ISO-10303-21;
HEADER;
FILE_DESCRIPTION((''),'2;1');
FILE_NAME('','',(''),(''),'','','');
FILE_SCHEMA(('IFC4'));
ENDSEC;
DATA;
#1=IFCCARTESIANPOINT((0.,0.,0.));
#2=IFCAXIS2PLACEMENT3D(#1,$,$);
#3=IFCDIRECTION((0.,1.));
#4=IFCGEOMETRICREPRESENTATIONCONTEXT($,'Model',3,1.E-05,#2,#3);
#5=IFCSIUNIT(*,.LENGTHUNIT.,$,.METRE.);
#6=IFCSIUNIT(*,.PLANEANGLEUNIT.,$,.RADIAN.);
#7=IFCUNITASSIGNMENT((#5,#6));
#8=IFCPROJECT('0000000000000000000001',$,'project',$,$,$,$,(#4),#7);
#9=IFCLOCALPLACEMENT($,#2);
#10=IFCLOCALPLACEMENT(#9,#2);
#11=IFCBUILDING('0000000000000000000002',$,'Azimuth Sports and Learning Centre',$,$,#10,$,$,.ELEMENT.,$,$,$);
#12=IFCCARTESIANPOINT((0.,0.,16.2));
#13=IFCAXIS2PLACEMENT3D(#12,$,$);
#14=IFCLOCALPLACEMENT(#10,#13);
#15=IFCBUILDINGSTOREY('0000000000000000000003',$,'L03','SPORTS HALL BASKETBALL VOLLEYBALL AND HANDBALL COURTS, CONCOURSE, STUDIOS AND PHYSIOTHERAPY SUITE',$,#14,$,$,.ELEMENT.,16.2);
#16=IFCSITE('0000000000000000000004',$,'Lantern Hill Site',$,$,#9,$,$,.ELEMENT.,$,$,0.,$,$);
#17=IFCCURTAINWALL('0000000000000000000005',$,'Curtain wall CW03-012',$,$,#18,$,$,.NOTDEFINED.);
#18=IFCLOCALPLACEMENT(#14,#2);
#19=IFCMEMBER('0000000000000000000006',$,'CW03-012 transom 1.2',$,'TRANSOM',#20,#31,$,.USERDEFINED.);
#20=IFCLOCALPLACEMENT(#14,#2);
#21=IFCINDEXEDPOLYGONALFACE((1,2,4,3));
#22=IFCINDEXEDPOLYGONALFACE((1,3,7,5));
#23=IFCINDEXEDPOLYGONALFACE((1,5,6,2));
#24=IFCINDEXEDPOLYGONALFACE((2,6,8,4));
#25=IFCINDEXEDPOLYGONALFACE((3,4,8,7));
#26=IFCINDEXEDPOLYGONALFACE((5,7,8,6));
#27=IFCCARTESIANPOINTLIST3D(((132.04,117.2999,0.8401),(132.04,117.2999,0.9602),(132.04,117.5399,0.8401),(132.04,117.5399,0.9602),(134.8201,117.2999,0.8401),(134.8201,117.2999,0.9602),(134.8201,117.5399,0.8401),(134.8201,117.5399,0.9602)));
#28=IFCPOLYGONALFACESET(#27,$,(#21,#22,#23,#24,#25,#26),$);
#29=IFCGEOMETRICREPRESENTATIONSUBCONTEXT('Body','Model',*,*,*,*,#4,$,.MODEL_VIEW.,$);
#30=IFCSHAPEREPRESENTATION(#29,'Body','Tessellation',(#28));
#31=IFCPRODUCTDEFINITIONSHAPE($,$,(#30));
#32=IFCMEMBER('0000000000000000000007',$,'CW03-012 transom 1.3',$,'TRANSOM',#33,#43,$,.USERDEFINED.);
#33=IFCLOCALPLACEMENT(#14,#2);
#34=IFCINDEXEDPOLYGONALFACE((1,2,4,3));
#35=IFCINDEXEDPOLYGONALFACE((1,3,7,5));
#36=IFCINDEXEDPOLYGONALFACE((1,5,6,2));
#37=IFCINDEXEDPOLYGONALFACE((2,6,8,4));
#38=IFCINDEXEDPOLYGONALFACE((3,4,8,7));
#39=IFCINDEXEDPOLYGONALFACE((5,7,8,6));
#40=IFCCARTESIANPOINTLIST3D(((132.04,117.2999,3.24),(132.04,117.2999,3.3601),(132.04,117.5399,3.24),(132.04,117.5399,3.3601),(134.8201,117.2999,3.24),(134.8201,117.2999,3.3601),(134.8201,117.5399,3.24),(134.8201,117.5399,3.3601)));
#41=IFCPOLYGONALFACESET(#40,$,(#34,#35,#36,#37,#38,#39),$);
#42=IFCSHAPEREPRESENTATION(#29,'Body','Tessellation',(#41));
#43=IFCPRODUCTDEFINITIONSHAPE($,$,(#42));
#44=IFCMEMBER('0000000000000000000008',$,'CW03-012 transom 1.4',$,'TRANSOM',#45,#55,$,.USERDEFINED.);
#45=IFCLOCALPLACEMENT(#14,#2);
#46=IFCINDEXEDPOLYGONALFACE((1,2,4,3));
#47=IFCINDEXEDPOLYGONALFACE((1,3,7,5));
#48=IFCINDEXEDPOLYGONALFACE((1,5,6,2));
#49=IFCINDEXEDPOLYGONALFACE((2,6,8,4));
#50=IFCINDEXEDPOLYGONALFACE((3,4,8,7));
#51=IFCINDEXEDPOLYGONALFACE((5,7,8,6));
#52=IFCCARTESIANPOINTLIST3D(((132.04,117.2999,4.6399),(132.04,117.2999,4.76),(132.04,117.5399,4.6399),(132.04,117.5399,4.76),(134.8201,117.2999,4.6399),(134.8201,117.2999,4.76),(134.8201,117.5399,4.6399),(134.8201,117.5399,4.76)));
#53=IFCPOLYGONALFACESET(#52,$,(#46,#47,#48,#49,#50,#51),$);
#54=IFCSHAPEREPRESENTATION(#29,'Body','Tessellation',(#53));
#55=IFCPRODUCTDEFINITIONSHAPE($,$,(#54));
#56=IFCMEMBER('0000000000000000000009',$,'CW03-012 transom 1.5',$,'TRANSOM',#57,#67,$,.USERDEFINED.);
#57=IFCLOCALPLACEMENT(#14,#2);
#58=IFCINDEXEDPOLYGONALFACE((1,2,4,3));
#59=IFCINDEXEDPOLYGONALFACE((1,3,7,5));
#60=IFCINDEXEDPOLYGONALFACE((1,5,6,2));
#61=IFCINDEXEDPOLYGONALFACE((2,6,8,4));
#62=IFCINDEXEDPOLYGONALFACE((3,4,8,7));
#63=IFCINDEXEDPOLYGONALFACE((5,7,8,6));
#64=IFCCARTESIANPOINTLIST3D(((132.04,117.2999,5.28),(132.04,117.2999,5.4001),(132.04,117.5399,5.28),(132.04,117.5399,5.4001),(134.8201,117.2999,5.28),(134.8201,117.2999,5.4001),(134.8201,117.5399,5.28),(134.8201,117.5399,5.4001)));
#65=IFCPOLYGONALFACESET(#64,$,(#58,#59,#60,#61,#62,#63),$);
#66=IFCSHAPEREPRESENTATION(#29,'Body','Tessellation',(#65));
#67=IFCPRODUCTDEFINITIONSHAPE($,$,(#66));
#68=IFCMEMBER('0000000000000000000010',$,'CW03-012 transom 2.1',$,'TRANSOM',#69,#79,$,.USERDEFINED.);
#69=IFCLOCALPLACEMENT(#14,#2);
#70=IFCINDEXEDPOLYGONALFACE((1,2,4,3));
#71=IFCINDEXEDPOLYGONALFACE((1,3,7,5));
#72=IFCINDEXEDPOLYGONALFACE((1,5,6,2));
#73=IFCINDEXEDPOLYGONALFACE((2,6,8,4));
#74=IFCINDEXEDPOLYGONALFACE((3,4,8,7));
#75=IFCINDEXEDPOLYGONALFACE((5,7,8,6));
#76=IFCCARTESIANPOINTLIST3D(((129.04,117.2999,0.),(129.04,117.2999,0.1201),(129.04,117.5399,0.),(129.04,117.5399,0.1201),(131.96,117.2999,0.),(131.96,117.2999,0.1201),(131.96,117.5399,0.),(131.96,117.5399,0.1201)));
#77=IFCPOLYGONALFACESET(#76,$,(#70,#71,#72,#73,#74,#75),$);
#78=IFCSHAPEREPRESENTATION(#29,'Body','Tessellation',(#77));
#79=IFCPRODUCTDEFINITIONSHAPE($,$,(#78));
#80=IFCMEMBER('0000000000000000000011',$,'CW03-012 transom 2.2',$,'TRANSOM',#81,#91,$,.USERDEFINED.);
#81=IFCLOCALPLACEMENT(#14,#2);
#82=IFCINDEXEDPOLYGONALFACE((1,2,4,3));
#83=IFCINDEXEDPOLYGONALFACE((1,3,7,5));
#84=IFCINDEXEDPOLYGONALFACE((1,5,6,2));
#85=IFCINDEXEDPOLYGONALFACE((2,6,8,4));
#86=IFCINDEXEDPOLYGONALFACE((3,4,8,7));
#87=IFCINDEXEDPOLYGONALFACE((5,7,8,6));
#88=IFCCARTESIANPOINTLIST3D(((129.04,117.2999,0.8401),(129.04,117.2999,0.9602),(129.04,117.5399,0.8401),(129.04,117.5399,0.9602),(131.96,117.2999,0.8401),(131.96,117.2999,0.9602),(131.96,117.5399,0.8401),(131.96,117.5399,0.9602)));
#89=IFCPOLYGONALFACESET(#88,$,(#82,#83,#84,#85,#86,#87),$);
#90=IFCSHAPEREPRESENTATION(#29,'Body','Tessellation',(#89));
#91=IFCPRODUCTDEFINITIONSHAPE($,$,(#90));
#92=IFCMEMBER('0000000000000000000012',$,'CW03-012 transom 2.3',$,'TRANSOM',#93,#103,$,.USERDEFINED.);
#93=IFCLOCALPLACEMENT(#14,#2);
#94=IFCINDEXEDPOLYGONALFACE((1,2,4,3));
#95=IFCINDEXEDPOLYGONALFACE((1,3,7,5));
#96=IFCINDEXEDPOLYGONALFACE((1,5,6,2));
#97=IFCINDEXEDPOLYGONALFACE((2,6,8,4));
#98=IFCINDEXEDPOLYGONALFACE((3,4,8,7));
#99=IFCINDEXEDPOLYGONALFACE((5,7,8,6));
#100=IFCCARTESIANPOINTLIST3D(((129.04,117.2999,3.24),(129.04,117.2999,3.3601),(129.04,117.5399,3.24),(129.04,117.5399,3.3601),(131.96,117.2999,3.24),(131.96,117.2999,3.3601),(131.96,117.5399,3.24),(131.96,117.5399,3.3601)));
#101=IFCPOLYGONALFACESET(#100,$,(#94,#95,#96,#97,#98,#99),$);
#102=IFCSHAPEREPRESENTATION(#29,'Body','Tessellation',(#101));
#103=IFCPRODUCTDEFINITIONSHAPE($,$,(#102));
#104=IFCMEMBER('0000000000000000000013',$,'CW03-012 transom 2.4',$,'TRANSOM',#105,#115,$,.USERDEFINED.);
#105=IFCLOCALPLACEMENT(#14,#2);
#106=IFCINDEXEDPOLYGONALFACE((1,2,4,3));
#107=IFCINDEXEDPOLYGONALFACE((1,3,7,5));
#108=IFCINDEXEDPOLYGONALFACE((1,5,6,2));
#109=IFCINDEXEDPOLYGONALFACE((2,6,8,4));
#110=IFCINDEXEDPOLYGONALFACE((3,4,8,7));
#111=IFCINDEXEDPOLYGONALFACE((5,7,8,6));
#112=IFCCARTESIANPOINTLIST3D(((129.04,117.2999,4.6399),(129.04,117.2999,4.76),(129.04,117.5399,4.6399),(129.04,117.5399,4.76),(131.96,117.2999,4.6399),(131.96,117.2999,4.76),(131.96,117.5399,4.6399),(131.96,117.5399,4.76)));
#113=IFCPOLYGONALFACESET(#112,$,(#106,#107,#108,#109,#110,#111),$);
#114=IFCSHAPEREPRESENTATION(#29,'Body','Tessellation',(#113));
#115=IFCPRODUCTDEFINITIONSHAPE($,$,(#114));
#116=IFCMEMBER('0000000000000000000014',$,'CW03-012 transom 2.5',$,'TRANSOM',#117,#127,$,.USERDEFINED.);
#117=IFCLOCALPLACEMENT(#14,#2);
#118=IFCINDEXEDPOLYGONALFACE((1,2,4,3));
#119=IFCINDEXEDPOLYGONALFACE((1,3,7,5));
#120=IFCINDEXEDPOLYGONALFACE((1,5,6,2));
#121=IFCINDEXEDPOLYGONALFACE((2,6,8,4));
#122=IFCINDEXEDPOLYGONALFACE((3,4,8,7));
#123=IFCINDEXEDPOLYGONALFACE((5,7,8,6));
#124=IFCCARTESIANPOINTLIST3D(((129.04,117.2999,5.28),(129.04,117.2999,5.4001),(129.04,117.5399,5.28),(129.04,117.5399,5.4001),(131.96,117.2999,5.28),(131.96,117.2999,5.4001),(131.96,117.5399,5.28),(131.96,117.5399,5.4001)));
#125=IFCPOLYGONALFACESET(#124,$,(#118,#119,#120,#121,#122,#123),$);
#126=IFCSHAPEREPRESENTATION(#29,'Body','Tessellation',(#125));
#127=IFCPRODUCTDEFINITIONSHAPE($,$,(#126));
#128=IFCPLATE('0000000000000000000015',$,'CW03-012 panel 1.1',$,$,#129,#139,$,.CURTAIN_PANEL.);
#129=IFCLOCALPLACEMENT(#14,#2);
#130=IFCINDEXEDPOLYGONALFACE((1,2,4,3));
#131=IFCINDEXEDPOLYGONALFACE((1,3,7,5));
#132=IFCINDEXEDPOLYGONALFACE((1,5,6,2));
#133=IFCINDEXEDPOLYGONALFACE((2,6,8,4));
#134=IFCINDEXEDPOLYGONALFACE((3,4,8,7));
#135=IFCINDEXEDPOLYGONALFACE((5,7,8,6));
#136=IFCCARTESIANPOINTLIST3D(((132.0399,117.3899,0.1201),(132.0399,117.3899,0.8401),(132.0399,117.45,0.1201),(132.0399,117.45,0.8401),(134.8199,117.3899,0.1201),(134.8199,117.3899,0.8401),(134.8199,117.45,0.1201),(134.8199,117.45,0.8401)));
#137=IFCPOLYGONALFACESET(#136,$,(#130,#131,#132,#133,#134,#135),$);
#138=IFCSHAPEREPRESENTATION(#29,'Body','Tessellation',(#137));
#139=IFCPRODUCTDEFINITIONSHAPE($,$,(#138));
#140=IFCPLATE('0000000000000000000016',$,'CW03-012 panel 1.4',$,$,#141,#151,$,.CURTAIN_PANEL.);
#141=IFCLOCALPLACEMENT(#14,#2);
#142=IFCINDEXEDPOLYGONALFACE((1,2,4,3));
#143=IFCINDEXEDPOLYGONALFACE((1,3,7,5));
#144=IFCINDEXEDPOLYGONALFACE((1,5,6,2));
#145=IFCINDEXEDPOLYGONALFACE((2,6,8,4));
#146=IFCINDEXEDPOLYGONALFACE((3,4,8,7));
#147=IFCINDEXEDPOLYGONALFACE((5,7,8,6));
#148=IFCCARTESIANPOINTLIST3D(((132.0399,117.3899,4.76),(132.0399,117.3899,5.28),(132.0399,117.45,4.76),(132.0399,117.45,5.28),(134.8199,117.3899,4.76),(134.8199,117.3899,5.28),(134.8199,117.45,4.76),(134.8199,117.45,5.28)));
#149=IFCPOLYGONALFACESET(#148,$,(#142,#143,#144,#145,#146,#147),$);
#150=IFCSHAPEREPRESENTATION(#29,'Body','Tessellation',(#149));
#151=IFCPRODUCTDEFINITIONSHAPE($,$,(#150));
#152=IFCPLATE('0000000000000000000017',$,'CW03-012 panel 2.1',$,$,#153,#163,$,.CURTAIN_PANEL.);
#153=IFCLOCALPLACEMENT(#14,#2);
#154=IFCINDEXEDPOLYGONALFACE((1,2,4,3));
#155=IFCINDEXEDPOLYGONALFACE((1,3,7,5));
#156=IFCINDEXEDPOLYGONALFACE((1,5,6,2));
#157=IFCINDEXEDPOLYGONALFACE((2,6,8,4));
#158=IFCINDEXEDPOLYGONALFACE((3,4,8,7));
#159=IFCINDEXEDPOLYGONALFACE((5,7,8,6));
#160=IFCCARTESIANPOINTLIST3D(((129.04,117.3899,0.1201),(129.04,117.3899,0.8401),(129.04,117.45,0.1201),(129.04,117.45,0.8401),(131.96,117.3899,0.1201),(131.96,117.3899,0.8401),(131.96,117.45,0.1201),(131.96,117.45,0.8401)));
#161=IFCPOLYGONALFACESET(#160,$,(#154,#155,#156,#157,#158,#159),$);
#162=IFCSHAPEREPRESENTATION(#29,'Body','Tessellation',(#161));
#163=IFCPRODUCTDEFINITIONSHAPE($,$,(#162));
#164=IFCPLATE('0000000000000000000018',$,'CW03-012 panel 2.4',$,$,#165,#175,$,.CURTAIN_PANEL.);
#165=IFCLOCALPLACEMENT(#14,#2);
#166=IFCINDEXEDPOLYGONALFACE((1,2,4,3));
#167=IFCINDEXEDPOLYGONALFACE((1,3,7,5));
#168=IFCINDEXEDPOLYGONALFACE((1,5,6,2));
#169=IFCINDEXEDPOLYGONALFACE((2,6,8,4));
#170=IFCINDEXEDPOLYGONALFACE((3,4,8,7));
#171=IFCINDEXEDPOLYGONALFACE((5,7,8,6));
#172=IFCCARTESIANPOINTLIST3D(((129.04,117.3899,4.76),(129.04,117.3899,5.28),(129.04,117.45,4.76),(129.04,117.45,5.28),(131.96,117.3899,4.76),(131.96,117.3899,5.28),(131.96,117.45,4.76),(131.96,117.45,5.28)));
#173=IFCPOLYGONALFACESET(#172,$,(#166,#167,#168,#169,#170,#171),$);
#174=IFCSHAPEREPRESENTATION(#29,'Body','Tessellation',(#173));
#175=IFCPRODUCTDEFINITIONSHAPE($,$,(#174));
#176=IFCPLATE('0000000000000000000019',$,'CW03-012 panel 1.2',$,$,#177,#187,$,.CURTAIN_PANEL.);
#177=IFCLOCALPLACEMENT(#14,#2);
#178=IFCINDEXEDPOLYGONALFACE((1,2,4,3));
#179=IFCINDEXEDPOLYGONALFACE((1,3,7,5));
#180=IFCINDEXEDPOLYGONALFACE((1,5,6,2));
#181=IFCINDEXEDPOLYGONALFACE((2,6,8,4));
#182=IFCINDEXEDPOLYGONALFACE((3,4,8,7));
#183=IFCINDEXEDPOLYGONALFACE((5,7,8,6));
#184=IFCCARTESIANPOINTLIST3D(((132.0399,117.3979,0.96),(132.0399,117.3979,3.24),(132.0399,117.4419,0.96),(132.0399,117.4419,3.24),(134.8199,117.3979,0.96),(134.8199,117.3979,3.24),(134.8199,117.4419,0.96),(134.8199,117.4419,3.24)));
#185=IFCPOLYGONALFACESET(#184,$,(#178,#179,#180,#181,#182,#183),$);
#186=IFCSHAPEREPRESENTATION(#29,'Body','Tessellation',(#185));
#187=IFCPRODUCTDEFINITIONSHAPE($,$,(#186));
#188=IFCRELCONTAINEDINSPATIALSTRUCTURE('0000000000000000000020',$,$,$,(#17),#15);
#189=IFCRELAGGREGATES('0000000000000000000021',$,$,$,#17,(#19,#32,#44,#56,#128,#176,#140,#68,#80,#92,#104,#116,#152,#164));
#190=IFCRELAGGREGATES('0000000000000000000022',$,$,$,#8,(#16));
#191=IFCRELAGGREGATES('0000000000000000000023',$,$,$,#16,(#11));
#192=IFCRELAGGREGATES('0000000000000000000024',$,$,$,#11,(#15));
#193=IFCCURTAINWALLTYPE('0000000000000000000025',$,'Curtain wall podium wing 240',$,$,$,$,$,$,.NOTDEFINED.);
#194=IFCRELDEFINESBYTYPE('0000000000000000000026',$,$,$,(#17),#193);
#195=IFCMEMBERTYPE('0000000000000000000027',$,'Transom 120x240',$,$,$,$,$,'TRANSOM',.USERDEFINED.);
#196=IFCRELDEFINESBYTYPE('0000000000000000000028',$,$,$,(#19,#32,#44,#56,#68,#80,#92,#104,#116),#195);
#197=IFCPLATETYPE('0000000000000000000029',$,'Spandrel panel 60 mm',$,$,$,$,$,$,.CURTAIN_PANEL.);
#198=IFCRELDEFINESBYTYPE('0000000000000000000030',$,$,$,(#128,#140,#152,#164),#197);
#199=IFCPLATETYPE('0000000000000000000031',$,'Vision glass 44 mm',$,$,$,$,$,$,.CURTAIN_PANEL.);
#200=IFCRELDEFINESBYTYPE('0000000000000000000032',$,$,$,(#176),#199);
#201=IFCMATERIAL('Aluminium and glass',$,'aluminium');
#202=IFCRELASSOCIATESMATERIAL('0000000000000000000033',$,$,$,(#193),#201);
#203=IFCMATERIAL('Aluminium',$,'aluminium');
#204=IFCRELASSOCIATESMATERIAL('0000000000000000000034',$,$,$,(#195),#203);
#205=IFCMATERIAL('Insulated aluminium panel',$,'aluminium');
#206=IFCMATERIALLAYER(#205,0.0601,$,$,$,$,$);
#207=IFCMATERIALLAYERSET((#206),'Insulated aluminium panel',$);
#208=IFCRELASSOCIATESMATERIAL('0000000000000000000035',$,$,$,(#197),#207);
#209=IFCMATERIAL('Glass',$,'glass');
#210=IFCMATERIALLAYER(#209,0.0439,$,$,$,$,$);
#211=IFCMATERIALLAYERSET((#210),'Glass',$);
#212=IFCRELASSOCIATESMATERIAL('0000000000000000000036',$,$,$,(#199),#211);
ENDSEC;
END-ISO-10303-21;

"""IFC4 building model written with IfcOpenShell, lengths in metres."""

from ifc_helpers import new_model, si_unit, direction, frame, origin, origin_2d, place, context, subcontext, project, spatial, rectangle, extrude, material, layer, layer_set, material_profile, profile_set, type_object, element, aggregate, save


model = new_model("IFC4")

# Units and contexts
model_context = context("Model", 3, precision=1e-05, world=origin(), true_north=direction((0.0, 1.0)))
body_context = subcontext(model_context, "Body", "Model", "MODEL_VIEW")
ifc_project = project(units=[si_unit("LENGTHUNIT", "METRE"), si_unit("PLANEANGLEUNIT", "RADIAN")], contexts=[model_context])

# Site, building, storey
site_placement = place(None, origin())
site = spatial("IfcSite", under=ifc_project, at=site_placement, Name="Lantern Hill Site", CompositionType="ELEMENT", RefElevation=0.0)
building_placement = place(site_placement, origin())
building = spatial("IfcBuilding", under=site, at=building_placement, Name="Azimuth Sports and Learning Centre", CompositionType="ELEMENT")
storey_placement = place(building_placement, frame((0.0, 0.0, 16.2)))
storey = spatial("IfcBuildingStorey", under=building, at=storey_placement, Name="L03", Description="SPORTS HALL BASKETBALL VOLLEYBALL AND HANDBALL COURTS, CONCOURSE, STUDIOS AND PHYSIOTHERAPY SUITE", CompositionType="ELEMENT", Elevation=16.2)

# Curtain wall, members, plates
ifc_material_1 = material(Name="Aluminium and glass", Category="aluminium")
curtain_wall_type = type_object("IfcCurtainWallType", Name="Curtain wall podium wing 240", PredefinedType="NOTDEFINED", material=ifc_material_1)
curtain_wall_placement = place(storey_placement, origin())
curtain_wall = element("IfcCurtainWall", 1, at=curtain_wall_placement, inside=storey, type_object=curtain_wall_type, Name="Curtain wall CW03-012", PredefinedType="NOTDEFINED")
ifc_material_2 = material(Name="Aluminium", Category="aluminium")
ifc_material_profile_1 = material_profile(ifc_material_2, rectangle(XDim=0.24, YDim=0.1201, at=origin_2d()), Name="Transom 120x240")
ifc_profile_set_1 = profile_set([ifc_material_profile_1], Name="Aluminium")
member_type_1 = type_object("IfcMemberType", Name="Transom 120x240", ElementType="TRANSOM", PredefinedType="USERDEFINED", material=ifc_profile_set_1)
member_1_placement = place(storey_placement, frame((134.8201, 117.4199, 0.9001), z_axis=(-1.0, 0.0, 0.0), x_axis=(0.0, -1.0, 0.0)))
member_1 = element("IfcMember", 2, at=member_1_placement, type_object=member_type_1, Name="CW03-012 transom 1.2", ObjectType="TRANSOM", PredefinedType="USERDEFINED", context=body_context, shape_type="SweptSolid", body=[
    extrude(rectangle(XDim=0.24, YDim=0.1201, at=origin_2d()), origin(), (0.0, 0.0, 1.0), 2.78),
])
member_2_placement = place(storey_placement, frame((134.8201, 117.4199, 3.3), z_axis=(-1.0, 0.0, 0.0), x_axis=(0.0, -1.0, 0.0)))
member_2 = element("IfcMember", 3, at=member_2_placement, type_object=member_type_1, Name="CW03-012 transom 1.3", ObjectType="TRANSOM", PredefinedType="USERDEFINED", context=body_context, shape_type="SweptSolid", body=[
    extrude(rectangle(XDim=0.24, YDim=0.1201, at=origin_2d()), origin(), (0.0, 0.0, 1.0), 2.78),
])
member_3_placement = place(storey_placement, frame((134.8201, 117.4199, 4.7), z_axis=(-1.0, 0.0, 0.0), x_axis=(0.0, -1.0, 0.0)))
member_3 = element("IfcMember", 4, at=member_3_placement, type_object=member_type_1, Name="CW03-012 transom 1.4", ObjectType="TRANSOM", PredefinedType="USERDEFINED", context=body_context, shape_type="SweptSolid", body=[
    extrude(rectangle(XDim=0.24, YDim=0.1201, at=origin_2d()), origin(), (0.0, 0.0, 1.0), 2.78),
])
member_4_placement = place(storey_placement, frame((134.8201, 117.4199, 5.3401), z_axis=(-1.0, 0.0, 0.0), x_axis=(0.0, -1.0, 0.0)))
member_4 = element("IfcMember", 5, at=member_4_placement, type_object=member_type_1, Name="CW03-012 transom 1.5", ObjectType="TRANSOM", PredefinedType="USERDEFINED", context=body_context, shape_type="SweptSolid", body=[
    extrude(rectangle(XDim=0.24, YDim=0.1201, at=origin_2d()), origin(), (0.0, 0.0, 1.0), 2.78),
])
member_5_placement = place(storey_placement, frame((131.96, 117.4199, 0.0601), z_axis=(-1.0, 0.0, 0.0), x_axis=(0.0, -1.0, 0.0)))
member_5 = element("IfcMember", 6, at=member_5_placement, type_object=member_type_1, Name="CW03-012 transom 2.1", ObjectType="TRANSOM", PredefinedType="USERDEFINED", context=body_context, shape_type="SweptSolid", body=[
    extrude(rectangle(XDim=0.24, YDim=0.1201, at=origin_2d()), origin(), (0.0, 0.0, 1.0), 2.9199),
])
member_6_placement = place(storey_placement, frame((131.96, 117.4199, 0.9001), z_axis=(-1.0, 0.0, 0.0), x_axis=(0.0, -1.0, 0.0)))
member_6 = element("IfcMember", 7, at=member_6_placement, type_object=member_type_1, Name="CW03-012 transom 2.2", ObjectType="TRANSOM", PredefinedType="USERDEFINED", context=body_context, shape_type="SweptSolid", body=[
    extrude(rectangle(XDim=0.24, YDim=0.1201, at=origin_2d()), origin(), (0.0, 0.0, 1.0), 2.9199),
])
member_7_placement = place(storey_placement, frame((131.96, 117.4199, 3.3), z_axis=(-1.0, 0.0, 0.0), x_axis=(0.0, -1.0, 0.0)))
member_7 = element("IfcMember", 8, at=member_7_placement, type_object=member_type_1, Name="CW03-012 transom 2.3", ObjectType="TRANSOM", PredefinedType="USERDEFINED", context=body_context, shape_type="SweptSolid", body=[
    extrude(rectangle(XDim=0.24, YDim=0.1201, at=origin_2d()), origin(), (0.0, 0.0, 1.0), 2.9199),
])
member_8_placement = place(storey_placement, frame((131.96, 117.4199, 4.7), z_axis=(-1.0, 0.0, 0.0), x_axis=(0.0, -1.0, 0.0)))
member_8 = element("IfcMember", 9, at=member_8_placement, type_object=member_type_1, Name="CW03-012 transom 2.4", ObjectType="TRANSOM", PredefinedType="USERDEFINED", context=body_context, shape_type="SweptSolid", body=[
    extrude(rectangle(XDim=0.24, YDim=0.1201, at=origin_2d()), origin(), (0.0, 0.0, 1.0), 2.9199),
])
member_9_placement = place(storey_placement, frame((131.96, 117.4199, 5.3401), z_axis=(-1.0, 0.0, 0.0), x_axis=(0.0, -1.0, 0.0)))
member_9 = element("IfcMember", 10, at=member_9_placement, type_object=member_type_1, Name="CW03-012 transom 2.5", ObjectType="TRANSOM", PredefinedType="USERDEFINED", context=body_context, shape_type="SweptSolid", body=[
    extrude(rectangle(XDim=0.24, YDim=0.1201, at=origin_2d()), origin(), (0.0, 0.0, 1.0), 2.9199),
])
ifc_material_3 = material(Name="Insulated aluminium panel", Category="aluminium")
ifc_layer_1 = layer(ifc_material_3, 0.0601)
ifc_layer_set_1 = layer_set([ifc_layer_1], Name="Insulated aluminium panel")
plate_type_1 = type_object("IfcPlateType", Name="Spandrel panel 60 mm", PredefinedType="CURTAIN_PANEL", material=ifc_layer_set_1)
plate_1_placement = place(storey_placement, frame((133.4299, 117.4199, 0.1201), z_axis=(0.0, 0.0, 1.0), x_axis=(-1.0, 0.0, 0.0)))
plate_1 = element("IfcPlate", 11, at=plate_1_placement, type_object=plate_type_1, Name="CW03-012 panel 1.1", PredefinedType="CURTAIN_PANEL", context=body_context, shape_type="SweptSolid", body=[
    extrude(rectangle(XDim=2.78, YDim=0.0601, at=origin_2d()), origin(), (0.0, 0.0, 1.0), 0.72),
])
plate_2_placement = place(storey_placement, frame((133.4299, 117.4199, 4.76), z_axis=(0.0, 0.0, 1.0), x_axis=(-1.0, 0.0, 0.0)))
plate_2 = element("IfcPlate", 12, at=plate_2_placement, type_object=plate_type_1, Name="CW03-012 panel 1.4", PredefinedType="CURTAIN_PANEL", context=body_context, shape_type="SweptSolid", body=[
    extrude(rectangle(XDim=2.78, YDim=0.0601, at=origin_2d()), origin(), (0.0, 0.0, 1.0), 0.52),
])
plate_3_placement = place(storey_placement, frame((130.5, 117.4199, 0.1201), z_axis=(0.0, 0.0, 1.0), x_axis=(-1.0, 0.0, 0.0)))
plate_3 = element("IfcPlate", 13, at=plate_3_placement, type_object=plate_type_1, Name="CW03-012 panel 2.1", PredefinedType="CURTAIN_PANEL", context=body_context, shape_type="SweptSolid", body=[
    extrude(rectangle(XDim=2.9199, YDim=0.0601, at=origin_2d()), origin(), (0.0, 0.0, 1.0), 0.72),
])
plate_4_placement = place(storey_placement, frame((130.5, 117.4199, 4.76), z_axis=(0.0, 0.0, 1.0), x_axis=(-1.0, 0.0, 0.0)))
plate_4 = element("IfcPlate", 14, at=plate_4_placement, type_object=plate_type_1, Name="CW03-012 panel 2.4", PredefinedType="CURTAIN_PANEL", context=body_context, shape_type="SweptSolid", body=[
    extrude(rectangle(XDim=2.9199, YDim=0.0601, at=origin_2d()), origin(), (0.0, 0.0, 1.0), 0.52),
])
ifc_material_4 = material(Name="Glass", Category="glass")
ifc_layer_2 = layer(ifc_material_4, 0.0439)
ifc_layer_set_2 = layer_set([ifc_layer_2], Name="Glass")
plate_type_2 = type_object("IfcPlateType", Name="Vision glass 44 mm", PredefinedType="CURTAIN_PANEL", material=ifc_layer_set_2)
plate_5_placement = place(storey_placement, frame((133.4299, 117.4199, 0.96), z_axis=(0.0, 0.0, 1.0), x_axis=(-1.0, 0.0, 0.0)))
plate_5 = element("IfcPlate", 15, at=plate_5_placement, type_object=plate_type_2, Name="CW03-012 panel 1.2", PredefinedType="CURTAIN_PANEL", context=body_context, shape_type="SweptSolid", body=[
    extrude(rectangle(XDim=2.78, YDim=0.0439, at=origin_2d()), origin(), (0.0, 0.0, 1.0), 2.28),
])
aggregate(curtain_wall, [member_1, member_2, member_3, member_4, plate_1, plate_5, plate_2, member_5, member_6, member_7, member_8, member_9, plate_3, plate_4])

save(model, "model.ifc")
